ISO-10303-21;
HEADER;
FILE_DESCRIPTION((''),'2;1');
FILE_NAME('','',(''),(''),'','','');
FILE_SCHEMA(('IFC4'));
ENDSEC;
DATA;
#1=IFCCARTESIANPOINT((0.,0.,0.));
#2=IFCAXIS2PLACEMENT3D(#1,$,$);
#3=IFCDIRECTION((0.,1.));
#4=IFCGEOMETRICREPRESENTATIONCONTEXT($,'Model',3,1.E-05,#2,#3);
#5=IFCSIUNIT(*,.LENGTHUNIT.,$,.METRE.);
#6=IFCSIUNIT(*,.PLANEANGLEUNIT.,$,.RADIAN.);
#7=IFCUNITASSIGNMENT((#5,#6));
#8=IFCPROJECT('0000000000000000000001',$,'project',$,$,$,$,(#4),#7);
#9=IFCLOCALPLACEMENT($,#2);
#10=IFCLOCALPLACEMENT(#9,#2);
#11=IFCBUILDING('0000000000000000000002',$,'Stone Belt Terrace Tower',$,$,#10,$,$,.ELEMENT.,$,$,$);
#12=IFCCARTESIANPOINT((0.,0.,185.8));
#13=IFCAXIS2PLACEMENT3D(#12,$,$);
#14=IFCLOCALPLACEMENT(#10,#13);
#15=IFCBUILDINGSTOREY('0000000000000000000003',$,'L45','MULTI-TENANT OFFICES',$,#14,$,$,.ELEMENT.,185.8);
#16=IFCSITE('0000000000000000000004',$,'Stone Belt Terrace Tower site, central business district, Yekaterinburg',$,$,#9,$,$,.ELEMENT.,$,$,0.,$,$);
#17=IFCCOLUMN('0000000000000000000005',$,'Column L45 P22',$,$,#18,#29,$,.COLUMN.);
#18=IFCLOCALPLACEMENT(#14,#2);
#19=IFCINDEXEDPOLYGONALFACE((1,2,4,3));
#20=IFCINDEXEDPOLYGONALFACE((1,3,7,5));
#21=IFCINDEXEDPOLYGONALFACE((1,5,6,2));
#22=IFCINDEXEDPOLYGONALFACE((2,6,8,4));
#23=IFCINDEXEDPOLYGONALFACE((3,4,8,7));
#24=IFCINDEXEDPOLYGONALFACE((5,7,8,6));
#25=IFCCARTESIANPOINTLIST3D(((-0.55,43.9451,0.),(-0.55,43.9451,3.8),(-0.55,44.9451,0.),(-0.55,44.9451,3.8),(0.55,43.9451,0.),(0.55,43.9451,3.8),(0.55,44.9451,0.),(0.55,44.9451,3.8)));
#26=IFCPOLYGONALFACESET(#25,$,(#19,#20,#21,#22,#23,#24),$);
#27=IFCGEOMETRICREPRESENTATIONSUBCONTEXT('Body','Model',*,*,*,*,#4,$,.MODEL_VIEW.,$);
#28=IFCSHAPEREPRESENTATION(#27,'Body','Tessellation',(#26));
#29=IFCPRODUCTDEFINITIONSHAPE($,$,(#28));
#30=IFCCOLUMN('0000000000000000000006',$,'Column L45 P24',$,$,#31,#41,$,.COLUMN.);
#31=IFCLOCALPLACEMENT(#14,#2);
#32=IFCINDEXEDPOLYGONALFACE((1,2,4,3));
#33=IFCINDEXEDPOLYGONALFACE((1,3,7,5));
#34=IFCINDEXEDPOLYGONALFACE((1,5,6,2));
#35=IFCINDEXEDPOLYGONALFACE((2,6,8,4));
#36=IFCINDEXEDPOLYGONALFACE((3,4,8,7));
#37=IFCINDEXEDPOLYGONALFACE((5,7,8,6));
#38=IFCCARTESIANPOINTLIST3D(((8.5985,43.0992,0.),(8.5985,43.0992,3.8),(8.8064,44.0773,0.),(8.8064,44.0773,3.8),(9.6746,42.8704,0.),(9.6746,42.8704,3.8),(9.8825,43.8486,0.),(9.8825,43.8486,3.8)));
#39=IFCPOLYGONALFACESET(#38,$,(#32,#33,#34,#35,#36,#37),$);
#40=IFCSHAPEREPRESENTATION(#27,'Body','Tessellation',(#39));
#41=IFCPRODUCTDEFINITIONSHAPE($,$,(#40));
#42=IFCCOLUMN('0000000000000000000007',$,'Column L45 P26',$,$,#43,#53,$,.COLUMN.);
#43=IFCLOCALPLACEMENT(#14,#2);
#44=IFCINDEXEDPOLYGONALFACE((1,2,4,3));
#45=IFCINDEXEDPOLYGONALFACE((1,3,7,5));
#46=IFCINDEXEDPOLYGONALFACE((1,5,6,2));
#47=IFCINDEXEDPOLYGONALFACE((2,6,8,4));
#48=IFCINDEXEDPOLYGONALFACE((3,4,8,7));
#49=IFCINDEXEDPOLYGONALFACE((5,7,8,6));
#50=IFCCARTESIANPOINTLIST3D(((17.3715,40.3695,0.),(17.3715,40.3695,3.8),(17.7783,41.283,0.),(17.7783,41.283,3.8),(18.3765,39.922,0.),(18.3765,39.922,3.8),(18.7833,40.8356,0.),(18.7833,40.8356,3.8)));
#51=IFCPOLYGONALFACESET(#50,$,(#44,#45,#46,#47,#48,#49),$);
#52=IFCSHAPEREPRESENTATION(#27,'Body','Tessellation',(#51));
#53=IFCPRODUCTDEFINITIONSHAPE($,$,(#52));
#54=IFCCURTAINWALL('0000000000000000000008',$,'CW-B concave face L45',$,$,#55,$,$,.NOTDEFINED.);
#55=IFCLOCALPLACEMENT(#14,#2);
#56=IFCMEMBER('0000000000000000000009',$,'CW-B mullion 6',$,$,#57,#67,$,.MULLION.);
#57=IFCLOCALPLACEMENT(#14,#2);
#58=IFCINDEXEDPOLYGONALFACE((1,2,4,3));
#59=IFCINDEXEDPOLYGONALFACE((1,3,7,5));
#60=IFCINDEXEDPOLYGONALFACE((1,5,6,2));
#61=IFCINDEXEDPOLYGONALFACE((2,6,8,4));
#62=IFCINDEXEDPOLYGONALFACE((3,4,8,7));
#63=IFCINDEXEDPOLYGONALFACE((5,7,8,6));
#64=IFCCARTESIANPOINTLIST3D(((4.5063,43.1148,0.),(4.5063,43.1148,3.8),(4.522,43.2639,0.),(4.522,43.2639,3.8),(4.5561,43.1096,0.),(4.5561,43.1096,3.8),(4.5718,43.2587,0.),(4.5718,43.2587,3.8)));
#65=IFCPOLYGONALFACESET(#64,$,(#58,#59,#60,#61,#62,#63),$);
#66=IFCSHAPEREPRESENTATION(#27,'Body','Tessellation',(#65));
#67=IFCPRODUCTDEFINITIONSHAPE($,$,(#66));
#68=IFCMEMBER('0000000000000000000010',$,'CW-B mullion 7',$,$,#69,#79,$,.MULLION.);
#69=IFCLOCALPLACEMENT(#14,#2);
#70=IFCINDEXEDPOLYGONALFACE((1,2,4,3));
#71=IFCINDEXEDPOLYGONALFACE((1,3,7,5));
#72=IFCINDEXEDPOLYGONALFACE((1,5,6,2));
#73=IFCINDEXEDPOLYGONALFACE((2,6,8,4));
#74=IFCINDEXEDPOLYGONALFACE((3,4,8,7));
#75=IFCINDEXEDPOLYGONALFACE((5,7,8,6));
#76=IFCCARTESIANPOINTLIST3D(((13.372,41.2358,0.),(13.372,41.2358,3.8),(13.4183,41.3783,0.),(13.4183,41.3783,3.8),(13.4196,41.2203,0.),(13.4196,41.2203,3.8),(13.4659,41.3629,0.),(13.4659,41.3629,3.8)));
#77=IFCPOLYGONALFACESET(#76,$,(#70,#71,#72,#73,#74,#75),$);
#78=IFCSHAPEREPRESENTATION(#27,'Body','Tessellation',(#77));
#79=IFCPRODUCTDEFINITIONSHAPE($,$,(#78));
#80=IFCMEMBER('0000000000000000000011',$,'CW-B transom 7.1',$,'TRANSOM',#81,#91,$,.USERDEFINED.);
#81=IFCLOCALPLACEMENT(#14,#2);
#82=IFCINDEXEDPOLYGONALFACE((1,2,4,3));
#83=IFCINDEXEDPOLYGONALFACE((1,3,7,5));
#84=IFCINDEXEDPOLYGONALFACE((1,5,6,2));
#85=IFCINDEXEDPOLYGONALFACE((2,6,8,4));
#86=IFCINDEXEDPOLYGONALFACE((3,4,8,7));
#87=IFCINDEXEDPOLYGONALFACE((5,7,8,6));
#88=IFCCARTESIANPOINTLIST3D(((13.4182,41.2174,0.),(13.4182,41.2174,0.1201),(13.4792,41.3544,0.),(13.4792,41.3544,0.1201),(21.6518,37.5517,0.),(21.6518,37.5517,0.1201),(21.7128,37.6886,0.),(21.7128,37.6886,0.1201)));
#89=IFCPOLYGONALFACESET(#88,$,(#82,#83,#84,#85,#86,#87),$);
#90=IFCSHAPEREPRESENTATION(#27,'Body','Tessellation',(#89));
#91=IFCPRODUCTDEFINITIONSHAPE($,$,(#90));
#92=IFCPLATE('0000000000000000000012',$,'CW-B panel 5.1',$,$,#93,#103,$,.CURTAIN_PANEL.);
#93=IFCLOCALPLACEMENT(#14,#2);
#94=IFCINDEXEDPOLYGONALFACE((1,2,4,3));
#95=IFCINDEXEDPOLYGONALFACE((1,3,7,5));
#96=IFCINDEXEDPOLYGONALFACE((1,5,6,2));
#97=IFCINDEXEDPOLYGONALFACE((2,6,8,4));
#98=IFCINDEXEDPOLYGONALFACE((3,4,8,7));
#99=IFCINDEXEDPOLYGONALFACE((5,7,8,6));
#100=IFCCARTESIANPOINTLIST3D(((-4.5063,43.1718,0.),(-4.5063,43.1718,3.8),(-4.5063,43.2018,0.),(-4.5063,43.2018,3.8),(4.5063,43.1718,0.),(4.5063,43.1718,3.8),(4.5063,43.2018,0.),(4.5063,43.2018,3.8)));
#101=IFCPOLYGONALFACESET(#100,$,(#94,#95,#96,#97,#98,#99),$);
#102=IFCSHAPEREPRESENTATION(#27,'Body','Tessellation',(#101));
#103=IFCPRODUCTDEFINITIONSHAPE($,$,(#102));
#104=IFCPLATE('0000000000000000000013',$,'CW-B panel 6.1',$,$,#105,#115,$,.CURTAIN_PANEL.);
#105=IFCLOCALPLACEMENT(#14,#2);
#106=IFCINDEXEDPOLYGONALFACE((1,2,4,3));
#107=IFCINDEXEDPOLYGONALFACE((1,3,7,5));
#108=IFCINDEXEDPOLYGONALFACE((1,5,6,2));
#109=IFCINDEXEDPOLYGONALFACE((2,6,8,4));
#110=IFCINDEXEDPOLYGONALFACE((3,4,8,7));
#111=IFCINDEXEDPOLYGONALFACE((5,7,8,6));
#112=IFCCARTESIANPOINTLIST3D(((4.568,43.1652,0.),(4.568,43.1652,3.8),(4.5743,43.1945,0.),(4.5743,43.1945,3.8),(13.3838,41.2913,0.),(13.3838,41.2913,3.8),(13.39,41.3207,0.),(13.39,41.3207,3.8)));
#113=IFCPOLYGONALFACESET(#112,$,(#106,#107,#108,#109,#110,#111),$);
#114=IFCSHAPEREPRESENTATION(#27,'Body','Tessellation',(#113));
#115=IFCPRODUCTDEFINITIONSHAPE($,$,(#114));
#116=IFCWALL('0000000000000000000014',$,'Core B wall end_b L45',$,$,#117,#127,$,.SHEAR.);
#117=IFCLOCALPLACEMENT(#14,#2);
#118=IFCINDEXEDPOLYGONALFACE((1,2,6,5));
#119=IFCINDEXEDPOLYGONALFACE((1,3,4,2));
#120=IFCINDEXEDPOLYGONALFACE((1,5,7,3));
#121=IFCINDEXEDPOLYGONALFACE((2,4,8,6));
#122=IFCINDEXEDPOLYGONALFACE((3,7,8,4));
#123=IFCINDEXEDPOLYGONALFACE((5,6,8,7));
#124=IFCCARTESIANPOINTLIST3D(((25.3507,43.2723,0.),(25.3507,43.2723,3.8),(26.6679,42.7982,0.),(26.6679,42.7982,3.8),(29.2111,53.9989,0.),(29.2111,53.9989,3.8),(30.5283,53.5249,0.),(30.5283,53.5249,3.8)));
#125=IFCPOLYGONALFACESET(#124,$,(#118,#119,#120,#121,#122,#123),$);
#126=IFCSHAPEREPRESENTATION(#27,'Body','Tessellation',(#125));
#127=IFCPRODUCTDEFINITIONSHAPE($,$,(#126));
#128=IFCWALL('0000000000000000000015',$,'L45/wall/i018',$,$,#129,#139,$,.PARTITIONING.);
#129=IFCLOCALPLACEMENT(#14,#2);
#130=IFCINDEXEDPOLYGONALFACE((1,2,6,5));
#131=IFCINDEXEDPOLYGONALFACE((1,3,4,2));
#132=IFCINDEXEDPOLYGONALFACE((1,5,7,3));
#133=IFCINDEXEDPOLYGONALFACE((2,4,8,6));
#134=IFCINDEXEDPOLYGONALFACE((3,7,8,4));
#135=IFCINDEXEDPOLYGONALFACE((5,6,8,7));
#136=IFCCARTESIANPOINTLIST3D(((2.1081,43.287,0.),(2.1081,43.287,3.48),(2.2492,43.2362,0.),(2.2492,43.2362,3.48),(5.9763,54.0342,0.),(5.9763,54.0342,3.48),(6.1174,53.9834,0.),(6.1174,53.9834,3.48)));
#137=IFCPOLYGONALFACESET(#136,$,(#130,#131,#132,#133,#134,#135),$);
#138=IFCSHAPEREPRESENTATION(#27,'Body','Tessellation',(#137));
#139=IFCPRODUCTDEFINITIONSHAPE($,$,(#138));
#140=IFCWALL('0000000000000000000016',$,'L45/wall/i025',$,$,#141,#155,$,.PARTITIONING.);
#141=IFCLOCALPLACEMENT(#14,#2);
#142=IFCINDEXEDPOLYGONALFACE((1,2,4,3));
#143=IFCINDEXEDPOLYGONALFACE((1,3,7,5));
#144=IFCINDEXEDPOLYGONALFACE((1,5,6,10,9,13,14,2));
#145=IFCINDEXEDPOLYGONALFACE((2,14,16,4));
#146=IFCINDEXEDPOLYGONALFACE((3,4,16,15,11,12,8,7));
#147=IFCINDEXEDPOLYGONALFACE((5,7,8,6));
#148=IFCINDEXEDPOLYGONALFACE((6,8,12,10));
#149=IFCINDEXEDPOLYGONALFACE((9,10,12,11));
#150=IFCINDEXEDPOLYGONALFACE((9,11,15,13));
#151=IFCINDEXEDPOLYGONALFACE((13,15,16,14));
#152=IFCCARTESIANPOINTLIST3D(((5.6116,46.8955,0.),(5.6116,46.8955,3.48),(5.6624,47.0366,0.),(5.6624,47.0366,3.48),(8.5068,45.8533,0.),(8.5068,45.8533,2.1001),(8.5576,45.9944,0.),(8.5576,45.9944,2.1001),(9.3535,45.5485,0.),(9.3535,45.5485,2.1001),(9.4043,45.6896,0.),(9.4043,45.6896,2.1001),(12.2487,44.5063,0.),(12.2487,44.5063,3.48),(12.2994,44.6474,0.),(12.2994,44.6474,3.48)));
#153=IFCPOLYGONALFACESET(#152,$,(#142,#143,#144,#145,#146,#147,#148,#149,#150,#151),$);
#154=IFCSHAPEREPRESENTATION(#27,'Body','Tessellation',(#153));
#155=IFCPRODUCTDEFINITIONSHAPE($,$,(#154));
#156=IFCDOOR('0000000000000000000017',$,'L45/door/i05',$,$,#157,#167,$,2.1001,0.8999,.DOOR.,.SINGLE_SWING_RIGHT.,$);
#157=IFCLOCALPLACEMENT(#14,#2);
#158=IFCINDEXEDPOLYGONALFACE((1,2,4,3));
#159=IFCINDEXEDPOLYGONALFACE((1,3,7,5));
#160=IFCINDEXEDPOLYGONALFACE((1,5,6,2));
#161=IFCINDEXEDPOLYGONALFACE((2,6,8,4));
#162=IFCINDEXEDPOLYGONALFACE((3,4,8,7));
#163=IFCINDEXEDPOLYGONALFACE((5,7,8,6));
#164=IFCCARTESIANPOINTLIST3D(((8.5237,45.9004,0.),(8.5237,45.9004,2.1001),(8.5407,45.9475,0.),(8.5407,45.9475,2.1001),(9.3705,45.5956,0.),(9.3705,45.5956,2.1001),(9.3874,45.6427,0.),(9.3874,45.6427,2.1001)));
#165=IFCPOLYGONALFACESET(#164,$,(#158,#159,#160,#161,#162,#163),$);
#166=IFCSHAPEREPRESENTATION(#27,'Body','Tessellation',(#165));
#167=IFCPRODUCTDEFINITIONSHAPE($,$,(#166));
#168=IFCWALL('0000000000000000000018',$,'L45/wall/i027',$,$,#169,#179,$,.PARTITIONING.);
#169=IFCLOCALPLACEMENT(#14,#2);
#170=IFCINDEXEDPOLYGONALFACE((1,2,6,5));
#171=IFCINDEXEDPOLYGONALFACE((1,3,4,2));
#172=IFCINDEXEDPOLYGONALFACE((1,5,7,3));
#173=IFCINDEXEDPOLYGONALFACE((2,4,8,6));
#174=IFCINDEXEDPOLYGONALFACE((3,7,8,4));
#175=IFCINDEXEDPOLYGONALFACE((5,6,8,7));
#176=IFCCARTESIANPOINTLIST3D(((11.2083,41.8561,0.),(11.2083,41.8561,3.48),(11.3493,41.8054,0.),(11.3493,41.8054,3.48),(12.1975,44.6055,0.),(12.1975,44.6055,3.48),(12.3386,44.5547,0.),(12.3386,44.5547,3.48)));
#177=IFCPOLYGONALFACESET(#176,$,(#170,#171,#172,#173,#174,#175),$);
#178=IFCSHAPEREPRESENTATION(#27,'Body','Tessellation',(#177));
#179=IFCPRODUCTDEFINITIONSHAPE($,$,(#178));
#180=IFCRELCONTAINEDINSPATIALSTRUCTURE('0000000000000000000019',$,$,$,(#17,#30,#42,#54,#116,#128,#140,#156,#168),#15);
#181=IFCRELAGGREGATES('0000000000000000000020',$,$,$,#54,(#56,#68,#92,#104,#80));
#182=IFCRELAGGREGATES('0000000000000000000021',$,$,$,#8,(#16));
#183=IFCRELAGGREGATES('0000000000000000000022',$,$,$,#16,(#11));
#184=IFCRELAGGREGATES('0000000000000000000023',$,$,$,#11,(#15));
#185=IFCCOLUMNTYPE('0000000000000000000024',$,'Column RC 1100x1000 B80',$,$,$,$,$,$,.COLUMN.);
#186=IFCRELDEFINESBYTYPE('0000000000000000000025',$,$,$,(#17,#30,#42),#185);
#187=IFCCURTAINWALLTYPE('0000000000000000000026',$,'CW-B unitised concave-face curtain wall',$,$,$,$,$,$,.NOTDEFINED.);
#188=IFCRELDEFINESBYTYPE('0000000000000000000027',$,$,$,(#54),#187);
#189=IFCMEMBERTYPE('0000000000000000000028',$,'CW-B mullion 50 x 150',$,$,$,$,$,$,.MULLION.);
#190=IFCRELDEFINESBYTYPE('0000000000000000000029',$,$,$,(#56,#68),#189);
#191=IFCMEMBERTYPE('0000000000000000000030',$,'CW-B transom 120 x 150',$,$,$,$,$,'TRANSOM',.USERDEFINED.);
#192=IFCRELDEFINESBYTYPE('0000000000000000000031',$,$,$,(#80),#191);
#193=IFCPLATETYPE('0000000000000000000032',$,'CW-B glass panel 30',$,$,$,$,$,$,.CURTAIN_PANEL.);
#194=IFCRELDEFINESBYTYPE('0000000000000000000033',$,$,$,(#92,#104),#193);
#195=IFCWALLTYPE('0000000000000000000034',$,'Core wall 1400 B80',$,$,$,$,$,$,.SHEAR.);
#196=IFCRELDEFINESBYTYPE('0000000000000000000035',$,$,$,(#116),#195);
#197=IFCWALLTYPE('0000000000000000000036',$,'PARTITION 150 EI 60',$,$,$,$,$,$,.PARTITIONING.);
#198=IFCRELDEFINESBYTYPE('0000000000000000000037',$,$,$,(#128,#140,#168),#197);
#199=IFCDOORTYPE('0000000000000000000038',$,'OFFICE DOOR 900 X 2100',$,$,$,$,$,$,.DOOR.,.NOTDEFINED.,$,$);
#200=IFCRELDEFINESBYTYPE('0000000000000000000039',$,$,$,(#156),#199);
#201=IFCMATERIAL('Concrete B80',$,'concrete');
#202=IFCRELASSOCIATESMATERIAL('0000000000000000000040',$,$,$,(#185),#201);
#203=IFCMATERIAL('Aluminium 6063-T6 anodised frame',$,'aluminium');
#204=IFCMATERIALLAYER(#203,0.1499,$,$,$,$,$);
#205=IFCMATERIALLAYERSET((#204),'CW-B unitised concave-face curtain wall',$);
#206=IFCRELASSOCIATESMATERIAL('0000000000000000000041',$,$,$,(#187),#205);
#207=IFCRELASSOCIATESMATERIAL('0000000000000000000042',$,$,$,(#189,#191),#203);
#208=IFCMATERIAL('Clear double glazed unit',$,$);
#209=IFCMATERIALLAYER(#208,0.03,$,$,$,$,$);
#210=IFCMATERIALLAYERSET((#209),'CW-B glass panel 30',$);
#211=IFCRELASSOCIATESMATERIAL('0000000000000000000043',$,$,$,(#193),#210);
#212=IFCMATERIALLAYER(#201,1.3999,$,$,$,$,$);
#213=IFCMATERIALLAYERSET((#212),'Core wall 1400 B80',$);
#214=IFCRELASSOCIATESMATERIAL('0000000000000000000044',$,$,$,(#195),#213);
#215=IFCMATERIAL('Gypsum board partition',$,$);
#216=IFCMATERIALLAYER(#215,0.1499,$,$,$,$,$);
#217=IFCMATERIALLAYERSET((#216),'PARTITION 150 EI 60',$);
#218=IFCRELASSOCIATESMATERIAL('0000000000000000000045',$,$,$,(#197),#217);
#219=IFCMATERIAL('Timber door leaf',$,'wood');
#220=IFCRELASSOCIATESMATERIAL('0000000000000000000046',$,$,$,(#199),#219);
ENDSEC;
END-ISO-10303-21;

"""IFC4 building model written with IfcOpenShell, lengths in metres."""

from ifc_helpers import new_model, si_unit, direction, frame, frame_2d, origin, origin_2d, place, context, subcontext, project, spatial, rectangle, extrude, material, layer, layer_set, material_profile, profile_set, type_object, element, fill, aggregate, save


model = new_model("IFC4")

# Units and contexts
model_context = context("Model", 3, precision=1e-05, world=origin(), true_north=direction((0.0, 1.0)))
body_context = subcontext(model_context, "Body", "Model", "MODEL_VIEW")
ifc_project = project(units=[si_unit("LENGTHUNIT", "METRE"), si_unit("PLANEANGLEUNIT", "RADIAN")], contexts=[model_context])

# Site, building, storey
site_placement = place(None, origin())
site = spatial("IfcSite", under=ifc_project, at=site_placement, Name="Stone Belt Terrace Tower site, central business district, Yekaterinburg", CompositionType="ELEMENT", RefElevation=0.0)
building_placement = place(site_placement, origin())
building = spatial("IfcBuilding", under=site, at=building_placement, Name="Stone Belt Terrace Tower", CompositionType="ELEMENT")
storey_placement = place(building_placement, frame((0.0, 0.0, 185.8)))
storey = spatial("IfcBuildingStorey", under=building, at=storey_placement, Name="L45", Description="MULTI-TENANT OFFICES", CompositionType="ELEMENT", Elevation=185.8)

# Columns
ifc_material_1 = material(Name="Concrete B80", Category="concrete")
ifc_material_profile_1 = material_profile(ifc_material_1, rectangle(XDim=1.1001, YDim=1.0, at=origin_2d()), Name="RC 1100x1000")
ifc_profile_set_1 = profile_set([ifc_material_profile_1], Name="Concrete B80")
column_type = type_object("IfcColumnType", Name="Column RC 1100x1000 B80", PredefinedType="COLUMN", material=ifc_profile_set_1)
for number, where, z_axis, x_axis, name in (
    (1, (0.0, 44.4451, 0.0), (0.0, 0.0, 1.0), (1.0, 0.0, 0.0), "Column L45 P22"),
    (2, (9.2405, 43.4739, 0.0), (0.0, 0.0, 1.0), (0.978148, -0.207912, 0.0), "Column L45 P24"),
    (3, (18.0774, 40.6025, 0.0), (0.0, 0.0, 1.0), (0.913545, -0.406737, 0.0), "Column L45 P26"),
):
    element("IfcColumn", number, at=place(storey_placement, frame(where, z_axis=z_axis, x_axis=x_axis)), inside=storey, type_object=column_type, Name=name, PredefinedType="COLUMN", context=body_context, shape_type="SweptSolid", body=[
        extrude(rectangle(XDim=1.1001, YDim=1.0, at=origin_2d()), origin(), (0.0, 0.0, 1.0), 3.8),
    ])

# Curtain wall, members, plates
ifc_material_2 = material(Name="Aluminium 6063-T6 anodised frame", Category="aluminium")
ifc_layer_1 = layer(ifc_material_2, 0.1499)
ifc_layer_set_1 = layer_set([ifc_layer_1], Name="CW-B unitised concave-face curtain wall")
curtain_wall_type = type_object("IfcCurtainWallType", Name="CW-B unitised concave-face curtain wall", PredefinedType="NOTDEFINED", material=ifc_layer_set_1)
curtain_wall_placement = place(storey_placement, origin())
curtain_wall = element("IfcCurtainWall", 4, at=curtain_wall_placement, inside=storey, type_object=curtain_wall_type, Name="CW-B concave face L45", PredefinedType="NOTDEFINED")
ifc_material_profile_2 = material_profile(ifc_material_2, rectangle(XDim=0.1499, YDim=0.05, at=origin_2d()), Name="Aluminium 6063-T6 50x150")
ifc_profile_set_2 = profile_set([ifc_material_profile_2], Name="Aluminium 6063-T6 anodised frame")
member_type_1 = type_object("IfcMemberType", Name="CW-B mullion 50 x 150", PredefinedType="MULLION", material=ifc_profile_set_2)
member_1_placement = place(storey_placement, frame((4.5391, 43.1868, 0.0), z_axis=(0.0, 0.0, 1.0), x_axis=(0.104528, 0.994522, 0.0)))
member_1 = element("IfcMember", 5, at=member_1_placement, type_object=member_type_1, Name="CW-B mullion 6", PredefinedType="MULLION", context=body_context, shape_type="SweptSolid", body=[
    extrude(rectangle(XDim=0.1499, YDim=0.05, at=origin_2d()), origin(), (0.0, 0.0, 1.0), 3.8),
])
member_2_placement = place(storey_placement, frame((13.4189, 41.2993, 0.0), z_axis=(0.0, 0.0, 1.0), x_axis=(0.309017, 0.951057, 0.0)))
member_2 = element("IfcMember", 6, at=member_2_placement, type_object=member_type_1, Name="CW-B mullion 7", PredefinedType="MULLION", context=body_context, shape_type="SweptSolid", body=[
    extrude(rectangle(XDim=0.1499, YDim=0.05, at=origin_2d()), origin(), (0.0, 0.0, 1.0), 3.8),
])
ifc_material_profile_3 = material_profile(ifc_material_2, rectangle(XDim=0.1499, YDim=0.1201, at=origin_2d()), Name="Aluminium 6063-T6 150x120")
ifc_profile_set_3 = profile_set([ifc_material_profile_3], Name="Aluminium 6063-T6 anodised frame")
member_type_2 = type_object("IfcMemberType", Name="CW-B transom 120 x 150", ElementType="TRANSOM", PredefinedType="USERDEFINED", material=ifc_profile_set_3)
member_3_placement = place(storey_placement, frame((13.4487, 41.2859, 0.0601), z_axis=(0.913549, -0.406729, 0.0), x_axis=(0.406729, 0.913549, 0.0)))
member_3 = element("IfcMember", 7, at=member_3_placement, type_object=member_type_2, Name="CW-B transom 7.1", ObjectType="TRANSOM", PredefinedType="USERDEFINED", context=body_context, shape_type="SweptSolid", body=[
    extrude(rectangle(XDim=0.1499, YDim=0.1201, at=origin_2d()), origin(), (0.0, 0.0, 1.0), 9.0127),
])
ifc_material_3 = material(Name="Clear double glazed unit")
ifc_layer_2 = layer(ifc_material_3, 0.03)
ifc_layer_set_2 = layer_set([ifc_layer_2], Name="CW-B glass panel 30")
plate_type = type_object("IfcPlateType", Name="CW-B glass panel 30", PredefinedType="CURTAIN_PANEL", material=ifc_layer_set_2)
plate_1_placement = place(storey_placement, frame((0.0, 43.1868, 0.0), z_axis=(0.0, 0.0, 1.0), x_axis=(1.0, 0.0, 0.0)))
plate_1 = element("IfcPlate", 8, at=plate_1_placement, type_object=plate_type, Name="CW-B panel 5.1", PredefinedType="CURTAIN_PANEL", context=body_context, shape_type="SweptSolid", body=[
    extrude(rectangle(XDim=9.0127, YDim=0.03, at=origin_2d()), origin(), (0.0, 0.0, 1.0), 3.8),
])
plate_2_placement = place(storey_placement, frame((8.979, 42.2429, 0.0), z_axis=(0.0, 0.0, 1.0), x_axis=(0.978148, -0.207912, 0.0)))
plate_2 = element("IfcPlate", 9, at=plate_2_placement, type_object=plate_type, Name="CW-B panel 6.1", PredefinedType="CURTAIN_PANEL", context=body_context, shape_type="SweptSolid", body=[
    extrude(rectangle(XDim=9.0127, YDim=0.03, at=origin_2d()), origin(), (0.0, 0.0, 1.0), 3.8),
])
aggregate(curtain_wall, [member_1, member_2, plate_1, plate_2, member_3])

# Walls
ifc_layer_3 = layer(ifc_material_1, 1.3999)
ifc_layer_set_3 = layer_set([ifc_layer_3], Name="Core wall 1400 B80")
wall_type_1 = type_object("IfcWallType", Name="Core wall 1400 B80", PredefinedType="SHEAR", material=ifc_layer_set_3)
wall_1_placement = place(storey_placement, frame((26.0093, 43.0352, 0.0), z_axis=(0.0, 0.0, 1.0), x_axis=(0.338625, 0.940921, 0.0)))
element("IfcWall", 10, at=wall_1_placement, inside=storey, type_object=wall_type_1, Name="Core B wall end_b L45", PredefinedType="SHEAR", context=body_context, shape_type="SweptSolid", body=[
    extrude(rectangle(XDim=11.4001, YDim=1.3999, at=frame_2d((5.7002, 0.0))), origin(), (0.0, 0.0, 1.0), 3.8),
])
ifc_material_4 = material(Name="Gypsum board partition")
ifc_layer_4 = layer(ifc_material_4, 0.1499)
ifc_layer_set_4 = layer_set([ifc_layer_4], Name="PARTITION 150 EI 60")
wall_type_2 = type_object("IfcWallType", Name="PARTITION 150 EI 60", PredefinedType="PARTITIONING", material=ifc_layer_set_4)
wall_2_placement = place(storey_placement, frame((2.1787, 43.2617, 0.0), z_axis=(0.0, 0.0, 1.0), x_axis=(0.338659, 0.940909, 0.0)))
element("IfcWall", 11, at=wall_2_placement, inside=storey, type_object=wall_type_2, Name="L45/wall/i018", PredefinedType="PARTITIONING", context=body_context, shape_type="SweptSolid", body=[
    extrude(rectangle(XDim=11.4221, YDim=0.1499, at=frame_2d((5.7109, 0.0))), origin(), (0.0, 0.0, 1.0), 3.48),
])

# Wall, opening, door
wall_3_placement = place(storey_placement, frame((12.2739, 44.5769, 0.0), z_axis=(0.0, 0.0, 1.0), x_axis=(-0.940894, 0.338701, 0.0)))
wall_3 = element("IfcWall", 12, at=wall_3_placement, inside=storey, type_object=wall_type_2, Name="L45/wall/i025", PredefinedType="PARTITIONING", context=body_context, shape_type="SweptSolid", body=[
    extrude(rectangle(XDim=7.054, YDim=0.1499, at=frame_2d((3.5269, 0.0))), origin(), (0.0, 0.0, 1.0), 3.48),
])
opening_1_placement = place(wall_3_placement, frame((3.0769, 0.0, 0.0)))
opening_1 = element("IfcOpeningElement", 13, at=opening_1_placement, cuts=wall_3, PredefinedType="OPENING", context=body_context, shape_type="SweptSolid", body=[
    extrude(rectangle(XDim=0.8999, YDim=2.1001, at=frame_2d((0.45, 1.05))), frame((0.0, 0.085, 0.0), z_axis=(0.0, -1.0, 0.0), x_axis=(1.0, 0.0, 0.0)), (0.0, 0.0, 1.0), 0.1699),
])
ifc_material_5 = material(Name="Timber door leaf", Category="wood")
door_type_1 = type_object("IfcDoorType", Name="OFFICE DOOR 900 X 2100", OperationType="NOTDEFINED", PredefinedType="DOOR", material=ifc_material_5)
door_1_placement = place(opening_1_placement, origin())
door_1 = element("IfcDoor", 14, at=door_1_placement, inside=storey, type_object=door_type_1, Name="L45/door/i05", OperationType="SINGLE_SWING_RIGHT", OverallHeight=2.1001, OverallWidth=0.8999, PredefinedType="DOOR", context=body_context, shape_type="SweptSolid", body=[
    extrude(rectangle(XDim=0.8999, YDim=2.1001, at=frame_2d((0.45, 1.05))), frame((0.0, 0.0249, 0.0), z_axis=(0.0, -1.0, 0.0), x_axis=(1.0, 0.0, 0.0)), (0.0, 0.0, 1.0), 0.05),
])
fill(opening_1, door_1)

# Wall
wall_4_placement = place(storey_placement, frame((12.2681, 44.5801, 0.0), z_axis=(0.0, 0.0, 1.0), x_axis=(-0.338574, -0.94094, 0.0)))
element("IfcWall", 15, at=wall_4_placement, inside=storey, type_object=wall_type_2, Name="L45/wall/i027", PredefinedType="PARTITIONING", context=body_context, shape_type="SweptSolid", body=[
    extrude(rectangle(XDim=2.9219, YDim=0.1499, at=frame_2d((1.4609, 0.0))), origin(), (0.0, 0.0, 1.0), 3.48),
])

save(model, "model.ifc")
